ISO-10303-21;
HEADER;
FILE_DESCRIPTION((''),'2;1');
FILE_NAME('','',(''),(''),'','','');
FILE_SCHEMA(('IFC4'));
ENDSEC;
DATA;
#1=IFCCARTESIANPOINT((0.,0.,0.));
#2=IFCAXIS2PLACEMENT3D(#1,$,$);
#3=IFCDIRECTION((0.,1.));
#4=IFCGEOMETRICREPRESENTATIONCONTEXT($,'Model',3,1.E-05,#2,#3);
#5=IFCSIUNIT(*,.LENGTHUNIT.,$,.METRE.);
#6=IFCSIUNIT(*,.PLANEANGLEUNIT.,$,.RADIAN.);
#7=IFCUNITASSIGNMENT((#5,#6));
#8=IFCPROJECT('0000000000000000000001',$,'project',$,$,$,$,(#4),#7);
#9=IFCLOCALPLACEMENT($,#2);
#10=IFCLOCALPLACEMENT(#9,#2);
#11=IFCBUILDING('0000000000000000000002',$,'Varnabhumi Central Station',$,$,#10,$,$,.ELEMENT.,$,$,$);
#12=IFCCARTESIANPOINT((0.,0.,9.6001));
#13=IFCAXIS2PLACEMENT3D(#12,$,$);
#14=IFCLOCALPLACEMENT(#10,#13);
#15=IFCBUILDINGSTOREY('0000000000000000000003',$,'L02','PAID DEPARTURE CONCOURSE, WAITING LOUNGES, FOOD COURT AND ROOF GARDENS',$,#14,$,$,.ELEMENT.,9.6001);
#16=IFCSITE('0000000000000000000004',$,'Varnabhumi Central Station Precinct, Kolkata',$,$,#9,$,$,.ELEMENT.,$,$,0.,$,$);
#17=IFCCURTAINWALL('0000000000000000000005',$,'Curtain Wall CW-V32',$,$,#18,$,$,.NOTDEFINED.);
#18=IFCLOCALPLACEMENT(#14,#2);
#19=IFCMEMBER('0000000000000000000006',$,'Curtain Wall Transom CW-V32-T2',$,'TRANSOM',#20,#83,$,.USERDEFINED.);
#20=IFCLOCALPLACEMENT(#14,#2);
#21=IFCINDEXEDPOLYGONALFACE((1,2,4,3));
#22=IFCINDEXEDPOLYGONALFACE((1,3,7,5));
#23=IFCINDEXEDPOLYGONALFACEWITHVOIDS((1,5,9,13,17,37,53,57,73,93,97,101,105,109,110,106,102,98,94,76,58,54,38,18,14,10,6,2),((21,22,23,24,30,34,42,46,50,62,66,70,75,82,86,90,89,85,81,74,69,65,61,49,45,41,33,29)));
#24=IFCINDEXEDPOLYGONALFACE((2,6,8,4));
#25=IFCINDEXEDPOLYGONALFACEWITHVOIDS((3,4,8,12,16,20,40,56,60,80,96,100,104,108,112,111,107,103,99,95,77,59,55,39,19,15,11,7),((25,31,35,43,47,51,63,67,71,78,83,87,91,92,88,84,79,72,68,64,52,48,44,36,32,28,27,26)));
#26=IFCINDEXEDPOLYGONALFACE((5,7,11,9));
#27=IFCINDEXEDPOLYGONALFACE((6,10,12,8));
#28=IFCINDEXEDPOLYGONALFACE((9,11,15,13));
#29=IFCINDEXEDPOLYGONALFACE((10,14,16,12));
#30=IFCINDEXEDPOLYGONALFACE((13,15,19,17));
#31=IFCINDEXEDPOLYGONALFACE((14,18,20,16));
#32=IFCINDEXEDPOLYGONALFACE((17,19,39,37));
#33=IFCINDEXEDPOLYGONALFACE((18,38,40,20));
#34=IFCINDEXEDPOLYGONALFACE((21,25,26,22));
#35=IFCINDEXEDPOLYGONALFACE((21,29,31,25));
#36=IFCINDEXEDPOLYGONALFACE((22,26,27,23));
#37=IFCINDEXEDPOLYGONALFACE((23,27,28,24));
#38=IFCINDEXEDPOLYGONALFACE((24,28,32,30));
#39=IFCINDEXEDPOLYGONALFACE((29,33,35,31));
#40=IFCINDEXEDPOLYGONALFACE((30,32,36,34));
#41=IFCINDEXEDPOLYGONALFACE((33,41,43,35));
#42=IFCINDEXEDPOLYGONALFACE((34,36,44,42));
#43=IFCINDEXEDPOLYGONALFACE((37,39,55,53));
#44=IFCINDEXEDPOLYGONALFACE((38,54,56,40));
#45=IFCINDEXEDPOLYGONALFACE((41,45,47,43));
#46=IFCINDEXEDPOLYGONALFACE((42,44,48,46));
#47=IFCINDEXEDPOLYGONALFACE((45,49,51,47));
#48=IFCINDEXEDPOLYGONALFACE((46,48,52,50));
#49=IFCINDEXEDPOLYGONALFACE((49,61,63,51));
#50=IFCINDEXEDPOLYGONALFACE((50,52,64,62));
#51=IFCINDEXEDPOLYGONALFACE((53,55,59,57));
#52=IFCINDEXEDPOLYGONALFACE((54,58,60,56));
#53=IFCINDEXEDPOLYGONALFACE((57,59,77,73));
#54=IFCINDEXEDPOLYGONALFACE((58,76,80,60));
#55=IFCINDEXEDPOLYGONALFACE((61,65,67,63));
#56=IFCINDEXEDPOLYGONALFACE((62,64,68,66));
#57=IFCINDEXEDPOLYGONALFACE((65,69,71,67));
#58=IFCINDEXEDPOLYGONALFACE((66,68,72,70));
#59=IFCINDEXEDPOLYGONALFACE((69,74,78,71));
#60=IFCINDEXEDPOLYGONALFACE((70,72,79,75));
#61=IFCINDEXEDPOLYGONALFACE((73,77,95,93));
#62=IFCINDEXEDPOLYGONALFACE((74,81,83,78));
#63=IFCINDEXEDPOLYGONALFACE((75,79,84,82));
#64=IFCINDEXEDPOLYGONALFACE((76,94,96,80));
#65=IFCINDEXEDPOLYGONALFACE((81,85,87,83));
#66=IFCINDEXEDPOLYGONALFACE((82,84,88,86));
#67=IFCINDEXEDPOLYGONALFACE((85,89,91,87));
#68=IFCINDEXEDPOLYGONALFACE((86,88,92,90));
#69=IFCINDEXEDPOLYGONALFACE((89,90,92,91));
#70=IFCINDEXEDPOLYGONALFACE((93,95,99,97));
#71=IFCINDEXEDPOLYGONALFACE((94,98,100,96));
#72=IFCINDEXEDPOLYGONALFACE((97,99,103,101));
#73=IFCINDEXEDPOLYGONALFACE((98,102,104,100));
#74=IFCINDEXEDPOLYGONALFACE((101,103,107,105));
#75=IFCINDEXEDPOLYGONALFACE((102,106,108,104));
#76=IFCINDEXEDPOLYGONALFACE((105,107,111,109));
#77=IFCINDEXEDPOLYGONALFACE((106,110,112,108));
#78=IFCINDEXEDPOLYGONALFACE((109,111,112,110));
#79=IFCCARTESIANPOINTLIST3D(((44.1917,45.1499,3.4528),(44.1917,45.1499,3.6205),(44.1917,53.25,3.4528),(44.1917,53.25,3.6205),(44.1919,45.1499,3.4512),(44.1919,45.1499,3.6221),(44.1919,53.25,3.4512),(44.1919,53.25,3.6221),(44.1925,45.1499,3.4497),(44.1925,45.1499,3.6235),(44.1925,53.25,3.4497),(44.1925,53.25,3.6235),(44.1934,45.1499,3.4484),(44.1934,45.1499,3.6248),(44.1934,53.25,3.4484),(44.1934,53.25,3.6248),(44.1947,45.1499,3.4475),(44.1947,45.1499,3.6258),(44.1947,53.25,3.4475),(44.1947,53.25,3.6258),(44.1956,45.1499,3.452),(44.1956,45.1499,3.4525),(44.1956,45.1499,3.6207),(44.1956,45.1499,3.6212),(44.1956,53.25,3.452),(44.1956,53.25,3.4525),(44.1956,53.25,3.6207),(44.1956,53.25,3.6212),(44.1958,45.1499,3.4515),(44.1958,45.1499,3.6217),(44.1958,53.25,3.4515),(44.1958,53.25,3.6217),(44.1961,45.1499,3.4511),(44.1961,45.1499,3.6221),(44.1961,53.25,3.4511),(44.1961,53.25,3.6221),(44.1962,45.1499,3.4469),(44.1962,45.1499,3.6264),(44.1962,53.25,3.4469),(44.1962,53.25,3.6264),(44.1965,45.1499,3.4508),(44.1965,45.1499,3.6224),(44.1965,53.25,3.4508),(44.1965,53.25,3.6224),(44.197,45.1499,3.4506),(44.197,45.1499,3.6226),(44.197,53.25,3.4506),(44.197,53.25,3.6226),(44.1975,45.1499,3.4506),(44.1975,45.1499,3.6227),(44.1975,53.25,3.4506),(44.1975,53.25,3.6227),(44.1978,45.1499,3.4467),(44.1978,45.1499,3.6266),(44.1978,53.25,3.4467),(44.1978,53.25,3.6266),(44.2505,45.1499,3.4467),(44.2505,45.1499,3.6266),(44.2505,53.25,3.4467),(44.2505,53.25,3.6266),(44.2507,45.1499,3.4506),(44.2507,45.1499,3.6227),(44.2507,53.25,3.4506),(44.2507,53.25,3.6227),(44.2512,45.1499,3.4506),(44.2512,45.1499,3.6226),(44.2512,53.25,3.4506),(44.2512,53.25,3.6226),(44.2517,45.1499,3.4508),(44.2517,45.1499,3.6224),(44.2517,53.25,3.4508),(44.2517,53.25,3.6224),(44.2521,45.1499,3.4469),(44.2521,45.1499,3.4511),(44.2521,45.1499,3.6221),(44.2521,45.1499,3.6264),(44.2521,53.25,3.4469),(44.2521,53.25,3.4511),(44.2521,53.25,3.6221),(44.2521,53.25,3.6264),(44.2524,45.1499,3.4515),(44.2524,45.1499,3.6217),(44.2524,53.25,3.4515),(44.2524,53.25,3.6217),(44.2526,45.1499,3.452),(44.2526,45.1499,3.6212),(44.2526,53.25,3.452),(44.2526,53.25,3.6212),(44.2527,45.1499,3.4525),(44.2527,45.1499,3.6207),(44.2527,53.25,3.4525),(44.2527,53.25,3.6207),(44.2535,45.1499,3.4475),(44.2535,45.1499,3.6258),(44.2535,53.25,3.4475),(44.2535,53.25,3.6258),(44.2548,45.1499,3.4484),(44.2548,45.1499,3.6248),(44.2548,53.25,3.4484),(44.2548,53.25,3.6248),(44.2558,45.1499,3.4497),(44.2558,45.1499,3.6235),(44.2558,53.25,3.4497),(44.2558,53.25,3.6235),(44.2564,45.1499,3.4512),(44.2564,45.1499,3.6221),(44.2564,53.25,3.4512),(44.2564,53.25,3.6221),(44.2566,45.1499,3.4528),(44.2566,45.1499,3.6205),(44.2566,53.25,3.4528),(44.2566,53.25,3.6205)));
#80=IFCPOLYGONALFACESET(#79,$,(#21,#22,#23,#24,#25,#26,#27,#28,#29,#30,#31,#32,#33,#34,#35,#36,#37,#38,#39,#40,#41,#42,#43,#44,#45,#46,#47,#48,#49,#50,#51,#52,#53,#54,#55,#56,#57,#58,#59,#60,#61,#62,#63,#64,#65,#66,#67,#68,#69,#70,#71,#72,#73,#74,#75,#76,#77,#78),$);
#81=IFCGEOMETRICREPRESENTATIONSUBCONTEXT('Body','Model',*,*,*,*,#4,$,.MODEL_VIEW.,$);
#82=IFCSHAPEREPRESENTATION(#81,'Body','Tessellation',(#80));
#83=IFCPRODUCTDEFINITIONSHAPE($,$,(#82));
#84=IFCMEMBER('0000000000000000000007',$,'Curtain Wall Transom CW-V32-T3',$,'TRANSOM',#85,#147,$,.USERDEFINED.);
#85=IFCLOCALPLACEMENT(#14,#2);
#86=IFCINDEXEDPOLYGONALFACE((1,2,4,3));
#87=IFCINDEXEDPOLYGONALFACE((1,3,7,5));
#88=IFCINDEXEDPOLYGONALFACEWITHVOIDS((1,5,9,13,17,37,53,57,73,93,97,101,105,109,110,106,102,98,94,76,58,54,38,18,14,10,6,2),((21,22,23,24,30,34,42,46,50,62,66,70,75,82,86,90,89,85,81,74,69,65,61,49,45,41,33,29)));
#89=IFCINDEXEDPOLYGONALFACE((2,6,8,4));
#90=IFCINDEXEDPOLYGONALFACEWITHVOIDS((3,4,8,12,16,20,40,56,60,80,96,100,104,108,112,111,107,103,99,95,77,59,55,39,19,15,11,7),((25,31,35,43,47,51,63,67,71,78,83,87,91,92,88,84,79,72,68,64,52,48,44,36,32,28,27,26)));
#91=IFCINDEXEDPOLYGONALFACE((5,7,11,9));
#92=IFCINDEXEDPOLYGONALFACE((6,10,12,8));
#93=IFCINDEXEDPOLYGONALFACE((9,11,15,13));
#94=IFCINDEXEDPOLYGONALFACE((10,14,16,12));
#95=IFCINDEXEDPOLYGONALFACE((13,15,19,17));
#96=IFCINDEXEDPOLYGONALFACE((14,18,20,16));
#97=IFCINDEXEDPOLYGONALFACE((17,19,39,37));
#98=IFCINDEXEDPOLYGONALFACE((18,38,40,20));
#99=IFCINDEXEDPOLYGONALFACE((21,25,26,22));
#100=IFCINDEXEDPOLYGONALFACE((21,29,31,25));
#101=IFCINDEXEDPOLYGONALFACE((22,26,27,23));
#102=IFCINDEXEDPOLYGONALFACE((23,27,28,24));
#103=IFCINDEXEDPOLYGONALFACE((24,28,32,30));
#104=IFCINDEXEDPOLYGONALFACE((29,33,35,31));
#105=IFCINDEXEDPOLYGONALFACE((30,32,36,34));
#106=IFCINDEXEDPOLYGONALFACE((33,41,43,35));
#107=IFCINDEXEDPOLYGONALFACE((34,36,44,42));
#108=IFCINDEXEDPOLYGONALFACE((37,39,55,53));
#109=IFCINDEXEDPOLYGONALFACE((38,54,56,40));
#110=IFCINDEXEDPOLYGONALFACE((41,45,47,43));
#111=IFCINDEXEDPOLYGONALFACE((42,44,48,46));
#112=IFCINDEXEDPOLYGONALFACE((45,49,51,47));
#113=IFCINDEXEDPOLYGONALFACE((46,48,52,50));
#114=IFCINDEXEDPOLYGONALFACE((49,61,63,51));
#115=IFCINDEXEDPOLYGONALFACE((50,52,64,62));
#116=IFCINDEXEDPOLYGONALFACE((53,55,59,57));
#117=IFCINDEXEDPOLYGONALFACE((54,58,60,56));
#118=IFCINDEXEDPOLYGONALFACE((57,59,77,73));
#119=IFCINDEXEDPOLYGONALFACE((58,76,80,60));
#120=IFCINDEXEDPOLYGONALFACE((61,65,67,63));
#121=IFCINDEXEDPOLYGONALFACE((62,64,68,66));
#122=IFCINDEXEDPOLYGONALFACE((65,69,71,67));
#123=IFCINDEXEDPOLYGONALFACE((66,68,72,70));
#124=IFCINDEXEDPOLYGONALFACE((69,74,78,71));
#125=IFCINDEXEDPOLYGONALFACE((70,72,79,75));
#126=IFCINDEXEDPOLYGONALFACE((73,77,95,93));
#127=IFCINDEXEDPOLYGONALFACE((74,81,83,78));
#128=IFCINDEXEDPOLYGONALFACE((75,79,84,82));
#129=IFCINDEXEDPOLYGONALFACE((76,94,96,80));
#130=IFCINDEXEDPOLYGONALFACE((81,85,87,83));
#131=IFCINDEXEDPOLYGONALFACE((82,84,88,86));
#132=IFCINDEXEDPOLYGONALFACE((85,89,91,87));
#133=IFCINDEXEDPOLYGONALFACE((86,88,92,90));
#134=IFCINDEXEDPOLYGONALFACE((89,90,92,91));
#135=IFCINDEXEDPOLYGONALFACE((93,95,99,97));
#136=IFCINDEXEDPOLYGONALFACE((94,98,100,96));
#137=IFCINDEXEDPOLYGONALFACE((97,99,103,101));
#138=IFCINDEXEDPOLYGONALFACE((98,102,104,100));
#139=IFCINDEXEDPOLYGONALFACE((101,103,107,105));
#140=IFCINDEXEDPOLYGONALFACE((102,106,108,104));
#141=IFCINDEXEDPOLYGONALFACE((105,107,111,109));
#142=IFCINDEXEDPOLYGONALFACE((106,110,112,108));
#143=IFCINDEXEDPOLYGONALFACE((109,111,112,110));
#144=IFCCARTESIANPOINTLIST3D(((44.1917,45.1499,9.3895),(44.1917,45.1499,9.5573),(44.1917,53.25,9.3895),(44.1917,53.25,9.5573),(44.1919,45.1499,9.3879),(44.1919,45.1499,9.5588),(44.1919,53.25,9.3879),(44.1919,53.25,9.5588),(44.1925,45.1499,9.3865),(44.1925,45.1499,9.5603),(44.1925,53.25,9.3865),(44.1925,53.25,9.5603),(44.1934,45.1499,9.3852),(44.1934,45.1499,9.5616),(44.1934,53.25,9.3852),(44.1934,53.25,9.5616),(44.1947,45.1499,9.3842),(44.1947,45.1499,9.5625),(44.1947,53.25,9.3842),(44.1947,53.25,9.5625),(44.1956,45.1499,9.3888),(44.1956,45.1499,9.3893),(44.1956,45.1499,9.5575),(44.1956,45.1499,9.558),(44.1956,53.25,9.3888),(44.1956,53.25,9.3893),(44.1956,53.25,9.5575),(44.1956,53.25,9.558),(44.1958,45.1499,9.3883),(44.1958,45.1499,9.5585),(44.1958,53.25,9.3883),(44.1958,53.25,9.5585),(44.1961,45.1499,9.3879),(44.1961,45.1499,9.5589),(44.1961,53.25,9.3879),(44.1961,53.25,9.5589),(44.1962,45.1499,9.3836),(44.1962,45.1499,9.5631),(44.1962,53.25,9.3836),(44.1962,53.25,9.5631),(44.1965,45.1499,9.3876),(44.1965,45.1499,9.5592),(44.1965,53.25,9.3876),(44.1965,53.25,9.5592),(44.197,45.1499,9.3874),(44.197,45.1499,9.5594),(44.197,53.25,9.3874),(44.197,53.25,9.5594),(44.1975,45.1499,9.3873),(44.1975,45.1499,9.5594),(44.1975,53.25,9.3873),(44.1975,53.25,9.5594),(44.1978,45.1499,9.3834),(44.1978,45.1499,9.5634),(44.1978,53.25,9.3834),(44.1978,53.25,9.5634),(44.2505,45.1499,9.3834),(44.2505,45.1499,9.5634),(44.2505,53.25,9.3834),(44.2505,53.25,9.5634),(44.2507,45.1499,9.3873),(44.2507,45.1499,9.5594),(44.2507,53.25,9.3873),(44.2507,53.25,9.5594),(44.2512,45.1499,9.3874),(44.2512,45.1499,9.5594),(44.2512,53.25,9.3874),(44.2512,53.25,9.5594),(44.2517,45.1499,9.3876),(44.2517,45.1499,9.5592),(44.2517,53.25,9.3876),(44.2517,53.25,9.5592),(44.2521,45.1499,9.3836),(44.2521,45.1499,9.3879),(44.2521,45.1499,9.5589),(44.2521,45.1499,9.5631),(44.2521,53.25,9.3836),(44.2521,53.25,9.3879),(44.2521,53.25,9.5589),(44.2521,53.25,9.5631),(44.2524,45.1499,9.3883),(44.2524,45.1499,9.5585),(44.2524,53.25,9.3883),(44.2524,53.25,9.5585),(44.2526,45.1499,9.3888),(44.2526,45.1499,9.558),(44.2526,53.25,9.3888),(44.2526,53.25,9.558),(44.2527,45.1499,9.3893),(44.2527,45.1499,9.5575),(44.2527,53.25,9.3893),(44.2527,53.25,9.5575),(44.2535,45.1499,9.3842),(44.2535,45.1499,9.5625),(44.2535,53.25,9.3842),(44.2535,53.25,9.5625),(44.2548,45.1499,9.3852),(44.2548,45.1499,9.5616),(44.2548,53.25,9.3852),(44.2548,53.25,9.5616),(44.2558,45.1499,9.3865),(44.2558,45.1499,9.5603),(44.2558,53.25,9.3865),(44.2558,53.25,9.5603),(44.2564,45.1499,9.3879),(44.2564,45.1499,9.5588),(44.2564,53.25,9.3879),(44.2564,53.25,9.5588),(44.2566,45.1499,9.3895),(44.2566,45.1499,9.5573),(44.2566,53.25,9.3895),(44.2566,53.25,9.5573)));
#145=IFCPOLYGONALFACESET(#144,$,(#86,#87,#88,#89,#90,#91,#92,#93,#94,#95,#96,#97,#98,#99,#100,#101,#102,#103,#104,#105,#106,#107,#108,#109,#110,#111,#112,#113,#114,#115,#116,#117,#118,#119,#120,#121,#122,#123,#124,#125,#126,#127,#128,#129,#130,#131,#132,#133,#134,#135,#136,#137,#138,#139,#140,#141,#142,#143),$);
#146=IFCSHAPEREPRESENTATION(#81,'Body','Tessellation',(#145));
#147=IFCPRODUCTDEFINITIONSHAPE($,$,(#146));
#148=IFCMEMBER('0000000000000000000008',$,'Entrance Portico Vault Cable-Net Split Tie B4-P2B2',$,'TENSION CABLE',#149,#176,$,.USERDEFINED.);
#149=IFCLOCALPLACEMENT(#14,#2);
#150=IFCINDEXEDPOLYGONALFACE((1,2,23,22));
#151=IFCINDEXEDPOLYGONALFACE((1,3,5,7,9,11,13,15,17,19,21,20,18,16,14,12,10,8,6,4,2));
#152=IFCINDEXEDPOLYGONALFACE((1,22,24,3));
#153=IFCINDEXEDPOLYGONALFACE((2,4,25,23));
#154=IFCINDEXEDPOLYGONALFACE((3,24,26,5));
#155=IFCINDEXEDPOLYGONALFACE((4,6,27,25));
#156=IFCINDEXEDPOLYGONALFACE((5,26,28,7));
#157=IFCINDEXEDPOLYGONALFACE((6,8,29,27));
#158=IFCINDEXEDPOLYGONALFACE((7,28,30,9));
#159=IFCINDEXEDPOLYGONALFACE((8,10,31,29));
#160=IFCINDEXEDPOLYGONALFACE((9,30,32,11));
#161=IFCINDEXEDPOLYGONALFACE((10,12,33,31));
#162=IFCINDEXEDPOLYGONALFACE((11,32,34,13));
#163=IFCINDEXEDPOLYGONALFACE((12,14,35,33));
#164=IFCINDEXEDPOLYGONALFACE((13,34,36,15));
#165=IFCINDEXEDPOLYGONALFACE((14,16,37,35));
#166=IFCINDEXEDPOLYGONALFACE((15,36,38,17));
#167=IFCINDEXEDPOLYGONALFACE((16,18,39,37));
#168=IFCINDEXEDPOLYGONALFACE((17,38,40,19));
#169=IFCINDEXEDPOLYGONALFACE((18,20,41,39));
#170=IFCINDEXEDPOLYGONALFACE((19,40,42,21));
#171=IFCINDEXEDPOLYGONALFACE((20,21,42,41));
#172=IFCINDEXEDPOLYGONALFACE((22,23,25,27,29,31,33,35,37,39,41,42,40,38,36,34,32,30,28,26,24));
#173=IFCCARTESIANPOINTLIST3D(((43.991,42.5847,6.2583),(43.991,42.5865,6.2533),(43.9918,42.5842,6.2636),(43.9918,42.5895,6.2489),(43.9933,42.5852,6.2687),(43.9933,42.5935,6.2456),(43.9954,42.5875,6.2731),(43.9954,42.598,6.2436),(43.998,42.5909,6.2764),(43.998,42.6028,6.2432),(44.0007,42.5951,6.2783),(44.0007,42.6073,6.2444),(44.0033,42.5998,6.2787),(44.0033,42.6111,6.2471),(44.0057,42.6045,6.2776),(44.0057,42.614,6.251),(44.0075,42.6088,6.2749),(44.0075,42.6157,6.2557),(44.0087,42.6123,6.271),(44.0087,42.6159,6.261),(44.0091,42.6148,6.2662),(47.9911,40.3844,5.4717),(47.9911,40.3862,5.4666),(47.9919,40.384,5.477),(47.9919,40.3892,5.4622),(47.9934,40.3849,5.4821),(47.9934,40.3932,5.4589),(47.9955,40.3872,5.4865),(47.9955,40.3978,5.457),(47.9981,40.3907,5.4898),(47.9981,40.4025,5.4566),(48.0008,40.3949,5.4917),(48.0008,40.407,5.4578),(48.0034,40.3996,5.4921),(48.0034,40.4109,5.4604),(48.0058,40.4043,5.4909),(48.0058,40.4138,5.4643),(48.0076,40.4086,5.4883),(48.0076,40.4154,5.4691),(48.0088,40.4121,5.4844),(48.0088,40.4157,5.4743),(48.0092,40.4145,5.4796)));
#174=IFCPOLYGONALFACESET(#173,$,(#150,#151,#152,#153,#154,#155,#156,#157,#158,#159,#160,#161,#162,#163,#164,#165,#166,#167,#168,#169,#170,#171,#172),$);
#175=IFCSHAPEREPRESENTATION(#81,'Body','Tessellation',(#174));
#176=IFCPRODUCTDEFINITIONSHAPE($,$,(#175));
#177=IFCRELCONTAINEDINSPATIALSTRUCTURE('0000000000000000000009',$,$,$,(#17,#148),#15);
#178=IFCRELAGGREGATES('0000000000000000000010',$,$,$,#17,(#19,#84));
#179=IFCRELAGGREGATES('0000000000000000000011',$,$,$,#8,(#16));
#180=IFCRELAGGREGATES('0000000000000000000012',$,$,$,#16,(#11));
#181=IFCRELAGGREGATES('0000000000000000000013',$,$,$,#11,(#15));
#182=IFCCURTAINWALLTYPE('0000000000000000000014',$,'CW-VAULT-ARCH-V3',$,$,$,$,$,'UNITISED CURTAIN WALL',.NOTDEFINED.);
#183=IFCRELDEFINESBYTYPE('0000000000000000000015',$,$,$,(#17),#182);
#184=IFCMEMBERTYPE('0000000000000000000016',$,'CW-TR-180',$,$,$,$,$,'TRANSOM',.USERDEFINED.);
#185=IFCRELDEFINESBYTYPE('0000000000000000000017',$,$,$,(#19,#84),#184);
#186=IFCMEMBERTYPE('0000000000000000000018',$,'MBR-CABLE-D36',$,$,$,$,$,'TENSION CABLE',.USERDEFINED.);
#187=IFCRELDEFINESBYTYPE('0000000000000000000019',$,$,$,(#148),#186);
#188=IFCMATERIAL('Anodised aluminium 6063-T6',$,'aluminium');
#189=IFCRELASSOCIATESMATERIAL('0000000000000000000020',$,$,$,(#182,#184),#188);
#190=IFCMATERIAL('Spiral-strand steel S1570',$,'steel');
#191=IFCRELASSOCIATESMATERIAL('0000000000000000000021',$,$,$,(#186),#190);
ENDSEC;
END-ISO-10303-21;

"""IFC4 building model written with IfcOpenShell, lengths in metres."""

from ifc_helpers import new_model, si_unit, direction, frame, origin, origin_2d, place, context, subcontext, project, spatial, hollow_rectangle, circle, extrude, material, material_profile, profile_set, type_object, element, aggregate, save


model = new_model("IFC4")

# Units and contexts
model_context = context("Model", 3, precision=1e-05, world=origin(), true_north=direction((0.0, 1.0)))
body_context = subcontext(model_context, "Body", "Model", "MODEL_VIEW")
ifc_project = project(units=[si_unit("LENGTHUNIT", "METRE"), si_unit("PLANEANGLEUNIT", "RADIAN")], contexts=[model_context])

# Site, building, storey
site_placement = place(None, origin())
site = spatial("IfcSite", under=ifc_project, at=site_placement, Name="Varnabhumi Central Station Precinct, Kolkata", CompositionType="ELEMENT", RefElevation=0.0)
building_placement = place(site_placement, origin())
building = spatial("IfcBuilding", under=site, at=building_placement, Name="Varnabhumi Central Station", CompositionType="ELEMENT")
storey_placement = place(building_placement, frame((0.0, 0.0, 9.6001)))
storey = spatial("IfcBuildingStorey", under=building, at=storey_placement, Name="L02", Description="PAID DEPARTURE CONCOURSE, WAITING LOUNGES, FOOD COURT AND ROOF GARDENS", CompositionType="ELEMENT", Elevation=9.6001)

# Curtain wall, members
ifc_material_1 = material(Name="Anodised aluminium 6063-T6", Category="aluminium")
curtain_wall_type = type_object("IfcCurtainWallType", Name="CW-VAULT-ARCH-V3", ElementType="UNITISED CURTAIN WALL", PredefinedType="NOTDEFINED", material=ifc_material_1)
curtain_wall_placement = place(storey_placement, origin())
curtain_wall = element("IfcCurtainWall", 1, at=curtain_wall_placement, inside=storey, type_object=curtain_wall_type, Name="Curtain Wall CW-V32", PredefinedType="NOTDEFINED")
ifc_material_profile_1 = material_profile(ifc_material_1, hollow_rectangle(XDim=0.0649, YDim=0.1799, WallThickness=0.0039, InnerFilletRadius=0.002, OuterFilletRadius=0.0061, at=origin_2d()), Name="Anodised aluminium 6063-T6", Category="aluminium")
ifc_profile_set_1 = profile_set([ifc_material_profile_1], Name="Anodised aluminium 6063-T6")
member_type_1 = type_object("IfcMemberType", Name="CW-TR-180", ElementType="TRANSOM", PredefinedType="USERDEFINED", material=ifc_profile_set_1)
member_1_placement = place(storey_placement, frame((44.2241, 45.1499, 3.5366), z_axis=(0.0, 1.0, 0.0), x_axis=(-1.0, 0.0, 0.0)))
member_1 = element("IfcMember", 2, at=member_1_placement, type_object=member_type_1, Name="Curtain Wall Transom CW-V32-T2", ObjectType="TRANSOM", PredefinedType="USERDEFINED", context=body_context, shape_type="SweptSolid", body=[
    extrude(hollow_rectangle(XDim=0.0649, YDim=0.1799, WallThickness=0.0039, InnerFilletRadius=0.002, OuterFilletRadius=0.0061, at=origin_2d()), origin(), (0.0, 0.0, 1.0), 8.1001),
])
member_2_placement = place(storey_placement, frame((44.2241, 45.1499, 9.4734), z_axis=(0.0, 1.0, 0.0), x_axis=(-1.0, 0.0, 0.0)))
member_2 = element("IfcMember", 3, at=member_2_placement, type_object=member_type_1, Name="Curtain Wall Transom CW-V32-T3", ObjectType="TRANSOM", PredefinedType="USERDEFINED", context=body_context, shape_type="SweptSolid", body=[
    extrude(hollow_rectangle(XDim=0.0649, YDim=0.1799, WallThickness=0.0039, InnerFilletRadius=0.002, OuterFilletRadius=0.0061, at=origin_2d()), origin(), (0.0, 0.0, 1.0), 8.1001),
])

# Member
ifc_material_2 = material(Name="Spiral-strand steel S1570", Category="steel")
ifc_material_profile_2 = material_profile(ifc_material_2, circle(Radius=0.0181, at=origin_2d()), Name="Spiral-strand steel S1570", Category="steel")
ifc_profile_set_2 = profile_set([ifc_material_profile_2], Name="Spiral-strand steel S1570")
member_type_2 = type_object("IfcMemberType", Name="MBR-CABLE-D36", ElementType="TENSION CABLE", PredefinedType="USERDEFINED", material=ifc_profile_set_2)
member_3_placement = place(storey_placement, frame((44.0, 42.6001, 6.261), z_axis=(0.863473, -0.474952, -0.169807), x_axis=(0.481952, 0.876198, 0.0)))
element("IfcMember", 4, at=member_3_placement, inside=storey, type_object=member_type_2, Name="Entrance Portico Vault Cable-Net Split Tie B4-P2B2", ObjectType="TENSION CABLE", PredefinedType="USERDEFINED", context=body_context, shape_type="SweptSolid", body=[
    extrude(circle(Radius=0.0181, at=origin_2d()), origin(), (0.0, 0.0, 1.0), 4.6326),
])

aggregate(curtain_wall, [member_1, member_2])

save(model, "model.ifc")
